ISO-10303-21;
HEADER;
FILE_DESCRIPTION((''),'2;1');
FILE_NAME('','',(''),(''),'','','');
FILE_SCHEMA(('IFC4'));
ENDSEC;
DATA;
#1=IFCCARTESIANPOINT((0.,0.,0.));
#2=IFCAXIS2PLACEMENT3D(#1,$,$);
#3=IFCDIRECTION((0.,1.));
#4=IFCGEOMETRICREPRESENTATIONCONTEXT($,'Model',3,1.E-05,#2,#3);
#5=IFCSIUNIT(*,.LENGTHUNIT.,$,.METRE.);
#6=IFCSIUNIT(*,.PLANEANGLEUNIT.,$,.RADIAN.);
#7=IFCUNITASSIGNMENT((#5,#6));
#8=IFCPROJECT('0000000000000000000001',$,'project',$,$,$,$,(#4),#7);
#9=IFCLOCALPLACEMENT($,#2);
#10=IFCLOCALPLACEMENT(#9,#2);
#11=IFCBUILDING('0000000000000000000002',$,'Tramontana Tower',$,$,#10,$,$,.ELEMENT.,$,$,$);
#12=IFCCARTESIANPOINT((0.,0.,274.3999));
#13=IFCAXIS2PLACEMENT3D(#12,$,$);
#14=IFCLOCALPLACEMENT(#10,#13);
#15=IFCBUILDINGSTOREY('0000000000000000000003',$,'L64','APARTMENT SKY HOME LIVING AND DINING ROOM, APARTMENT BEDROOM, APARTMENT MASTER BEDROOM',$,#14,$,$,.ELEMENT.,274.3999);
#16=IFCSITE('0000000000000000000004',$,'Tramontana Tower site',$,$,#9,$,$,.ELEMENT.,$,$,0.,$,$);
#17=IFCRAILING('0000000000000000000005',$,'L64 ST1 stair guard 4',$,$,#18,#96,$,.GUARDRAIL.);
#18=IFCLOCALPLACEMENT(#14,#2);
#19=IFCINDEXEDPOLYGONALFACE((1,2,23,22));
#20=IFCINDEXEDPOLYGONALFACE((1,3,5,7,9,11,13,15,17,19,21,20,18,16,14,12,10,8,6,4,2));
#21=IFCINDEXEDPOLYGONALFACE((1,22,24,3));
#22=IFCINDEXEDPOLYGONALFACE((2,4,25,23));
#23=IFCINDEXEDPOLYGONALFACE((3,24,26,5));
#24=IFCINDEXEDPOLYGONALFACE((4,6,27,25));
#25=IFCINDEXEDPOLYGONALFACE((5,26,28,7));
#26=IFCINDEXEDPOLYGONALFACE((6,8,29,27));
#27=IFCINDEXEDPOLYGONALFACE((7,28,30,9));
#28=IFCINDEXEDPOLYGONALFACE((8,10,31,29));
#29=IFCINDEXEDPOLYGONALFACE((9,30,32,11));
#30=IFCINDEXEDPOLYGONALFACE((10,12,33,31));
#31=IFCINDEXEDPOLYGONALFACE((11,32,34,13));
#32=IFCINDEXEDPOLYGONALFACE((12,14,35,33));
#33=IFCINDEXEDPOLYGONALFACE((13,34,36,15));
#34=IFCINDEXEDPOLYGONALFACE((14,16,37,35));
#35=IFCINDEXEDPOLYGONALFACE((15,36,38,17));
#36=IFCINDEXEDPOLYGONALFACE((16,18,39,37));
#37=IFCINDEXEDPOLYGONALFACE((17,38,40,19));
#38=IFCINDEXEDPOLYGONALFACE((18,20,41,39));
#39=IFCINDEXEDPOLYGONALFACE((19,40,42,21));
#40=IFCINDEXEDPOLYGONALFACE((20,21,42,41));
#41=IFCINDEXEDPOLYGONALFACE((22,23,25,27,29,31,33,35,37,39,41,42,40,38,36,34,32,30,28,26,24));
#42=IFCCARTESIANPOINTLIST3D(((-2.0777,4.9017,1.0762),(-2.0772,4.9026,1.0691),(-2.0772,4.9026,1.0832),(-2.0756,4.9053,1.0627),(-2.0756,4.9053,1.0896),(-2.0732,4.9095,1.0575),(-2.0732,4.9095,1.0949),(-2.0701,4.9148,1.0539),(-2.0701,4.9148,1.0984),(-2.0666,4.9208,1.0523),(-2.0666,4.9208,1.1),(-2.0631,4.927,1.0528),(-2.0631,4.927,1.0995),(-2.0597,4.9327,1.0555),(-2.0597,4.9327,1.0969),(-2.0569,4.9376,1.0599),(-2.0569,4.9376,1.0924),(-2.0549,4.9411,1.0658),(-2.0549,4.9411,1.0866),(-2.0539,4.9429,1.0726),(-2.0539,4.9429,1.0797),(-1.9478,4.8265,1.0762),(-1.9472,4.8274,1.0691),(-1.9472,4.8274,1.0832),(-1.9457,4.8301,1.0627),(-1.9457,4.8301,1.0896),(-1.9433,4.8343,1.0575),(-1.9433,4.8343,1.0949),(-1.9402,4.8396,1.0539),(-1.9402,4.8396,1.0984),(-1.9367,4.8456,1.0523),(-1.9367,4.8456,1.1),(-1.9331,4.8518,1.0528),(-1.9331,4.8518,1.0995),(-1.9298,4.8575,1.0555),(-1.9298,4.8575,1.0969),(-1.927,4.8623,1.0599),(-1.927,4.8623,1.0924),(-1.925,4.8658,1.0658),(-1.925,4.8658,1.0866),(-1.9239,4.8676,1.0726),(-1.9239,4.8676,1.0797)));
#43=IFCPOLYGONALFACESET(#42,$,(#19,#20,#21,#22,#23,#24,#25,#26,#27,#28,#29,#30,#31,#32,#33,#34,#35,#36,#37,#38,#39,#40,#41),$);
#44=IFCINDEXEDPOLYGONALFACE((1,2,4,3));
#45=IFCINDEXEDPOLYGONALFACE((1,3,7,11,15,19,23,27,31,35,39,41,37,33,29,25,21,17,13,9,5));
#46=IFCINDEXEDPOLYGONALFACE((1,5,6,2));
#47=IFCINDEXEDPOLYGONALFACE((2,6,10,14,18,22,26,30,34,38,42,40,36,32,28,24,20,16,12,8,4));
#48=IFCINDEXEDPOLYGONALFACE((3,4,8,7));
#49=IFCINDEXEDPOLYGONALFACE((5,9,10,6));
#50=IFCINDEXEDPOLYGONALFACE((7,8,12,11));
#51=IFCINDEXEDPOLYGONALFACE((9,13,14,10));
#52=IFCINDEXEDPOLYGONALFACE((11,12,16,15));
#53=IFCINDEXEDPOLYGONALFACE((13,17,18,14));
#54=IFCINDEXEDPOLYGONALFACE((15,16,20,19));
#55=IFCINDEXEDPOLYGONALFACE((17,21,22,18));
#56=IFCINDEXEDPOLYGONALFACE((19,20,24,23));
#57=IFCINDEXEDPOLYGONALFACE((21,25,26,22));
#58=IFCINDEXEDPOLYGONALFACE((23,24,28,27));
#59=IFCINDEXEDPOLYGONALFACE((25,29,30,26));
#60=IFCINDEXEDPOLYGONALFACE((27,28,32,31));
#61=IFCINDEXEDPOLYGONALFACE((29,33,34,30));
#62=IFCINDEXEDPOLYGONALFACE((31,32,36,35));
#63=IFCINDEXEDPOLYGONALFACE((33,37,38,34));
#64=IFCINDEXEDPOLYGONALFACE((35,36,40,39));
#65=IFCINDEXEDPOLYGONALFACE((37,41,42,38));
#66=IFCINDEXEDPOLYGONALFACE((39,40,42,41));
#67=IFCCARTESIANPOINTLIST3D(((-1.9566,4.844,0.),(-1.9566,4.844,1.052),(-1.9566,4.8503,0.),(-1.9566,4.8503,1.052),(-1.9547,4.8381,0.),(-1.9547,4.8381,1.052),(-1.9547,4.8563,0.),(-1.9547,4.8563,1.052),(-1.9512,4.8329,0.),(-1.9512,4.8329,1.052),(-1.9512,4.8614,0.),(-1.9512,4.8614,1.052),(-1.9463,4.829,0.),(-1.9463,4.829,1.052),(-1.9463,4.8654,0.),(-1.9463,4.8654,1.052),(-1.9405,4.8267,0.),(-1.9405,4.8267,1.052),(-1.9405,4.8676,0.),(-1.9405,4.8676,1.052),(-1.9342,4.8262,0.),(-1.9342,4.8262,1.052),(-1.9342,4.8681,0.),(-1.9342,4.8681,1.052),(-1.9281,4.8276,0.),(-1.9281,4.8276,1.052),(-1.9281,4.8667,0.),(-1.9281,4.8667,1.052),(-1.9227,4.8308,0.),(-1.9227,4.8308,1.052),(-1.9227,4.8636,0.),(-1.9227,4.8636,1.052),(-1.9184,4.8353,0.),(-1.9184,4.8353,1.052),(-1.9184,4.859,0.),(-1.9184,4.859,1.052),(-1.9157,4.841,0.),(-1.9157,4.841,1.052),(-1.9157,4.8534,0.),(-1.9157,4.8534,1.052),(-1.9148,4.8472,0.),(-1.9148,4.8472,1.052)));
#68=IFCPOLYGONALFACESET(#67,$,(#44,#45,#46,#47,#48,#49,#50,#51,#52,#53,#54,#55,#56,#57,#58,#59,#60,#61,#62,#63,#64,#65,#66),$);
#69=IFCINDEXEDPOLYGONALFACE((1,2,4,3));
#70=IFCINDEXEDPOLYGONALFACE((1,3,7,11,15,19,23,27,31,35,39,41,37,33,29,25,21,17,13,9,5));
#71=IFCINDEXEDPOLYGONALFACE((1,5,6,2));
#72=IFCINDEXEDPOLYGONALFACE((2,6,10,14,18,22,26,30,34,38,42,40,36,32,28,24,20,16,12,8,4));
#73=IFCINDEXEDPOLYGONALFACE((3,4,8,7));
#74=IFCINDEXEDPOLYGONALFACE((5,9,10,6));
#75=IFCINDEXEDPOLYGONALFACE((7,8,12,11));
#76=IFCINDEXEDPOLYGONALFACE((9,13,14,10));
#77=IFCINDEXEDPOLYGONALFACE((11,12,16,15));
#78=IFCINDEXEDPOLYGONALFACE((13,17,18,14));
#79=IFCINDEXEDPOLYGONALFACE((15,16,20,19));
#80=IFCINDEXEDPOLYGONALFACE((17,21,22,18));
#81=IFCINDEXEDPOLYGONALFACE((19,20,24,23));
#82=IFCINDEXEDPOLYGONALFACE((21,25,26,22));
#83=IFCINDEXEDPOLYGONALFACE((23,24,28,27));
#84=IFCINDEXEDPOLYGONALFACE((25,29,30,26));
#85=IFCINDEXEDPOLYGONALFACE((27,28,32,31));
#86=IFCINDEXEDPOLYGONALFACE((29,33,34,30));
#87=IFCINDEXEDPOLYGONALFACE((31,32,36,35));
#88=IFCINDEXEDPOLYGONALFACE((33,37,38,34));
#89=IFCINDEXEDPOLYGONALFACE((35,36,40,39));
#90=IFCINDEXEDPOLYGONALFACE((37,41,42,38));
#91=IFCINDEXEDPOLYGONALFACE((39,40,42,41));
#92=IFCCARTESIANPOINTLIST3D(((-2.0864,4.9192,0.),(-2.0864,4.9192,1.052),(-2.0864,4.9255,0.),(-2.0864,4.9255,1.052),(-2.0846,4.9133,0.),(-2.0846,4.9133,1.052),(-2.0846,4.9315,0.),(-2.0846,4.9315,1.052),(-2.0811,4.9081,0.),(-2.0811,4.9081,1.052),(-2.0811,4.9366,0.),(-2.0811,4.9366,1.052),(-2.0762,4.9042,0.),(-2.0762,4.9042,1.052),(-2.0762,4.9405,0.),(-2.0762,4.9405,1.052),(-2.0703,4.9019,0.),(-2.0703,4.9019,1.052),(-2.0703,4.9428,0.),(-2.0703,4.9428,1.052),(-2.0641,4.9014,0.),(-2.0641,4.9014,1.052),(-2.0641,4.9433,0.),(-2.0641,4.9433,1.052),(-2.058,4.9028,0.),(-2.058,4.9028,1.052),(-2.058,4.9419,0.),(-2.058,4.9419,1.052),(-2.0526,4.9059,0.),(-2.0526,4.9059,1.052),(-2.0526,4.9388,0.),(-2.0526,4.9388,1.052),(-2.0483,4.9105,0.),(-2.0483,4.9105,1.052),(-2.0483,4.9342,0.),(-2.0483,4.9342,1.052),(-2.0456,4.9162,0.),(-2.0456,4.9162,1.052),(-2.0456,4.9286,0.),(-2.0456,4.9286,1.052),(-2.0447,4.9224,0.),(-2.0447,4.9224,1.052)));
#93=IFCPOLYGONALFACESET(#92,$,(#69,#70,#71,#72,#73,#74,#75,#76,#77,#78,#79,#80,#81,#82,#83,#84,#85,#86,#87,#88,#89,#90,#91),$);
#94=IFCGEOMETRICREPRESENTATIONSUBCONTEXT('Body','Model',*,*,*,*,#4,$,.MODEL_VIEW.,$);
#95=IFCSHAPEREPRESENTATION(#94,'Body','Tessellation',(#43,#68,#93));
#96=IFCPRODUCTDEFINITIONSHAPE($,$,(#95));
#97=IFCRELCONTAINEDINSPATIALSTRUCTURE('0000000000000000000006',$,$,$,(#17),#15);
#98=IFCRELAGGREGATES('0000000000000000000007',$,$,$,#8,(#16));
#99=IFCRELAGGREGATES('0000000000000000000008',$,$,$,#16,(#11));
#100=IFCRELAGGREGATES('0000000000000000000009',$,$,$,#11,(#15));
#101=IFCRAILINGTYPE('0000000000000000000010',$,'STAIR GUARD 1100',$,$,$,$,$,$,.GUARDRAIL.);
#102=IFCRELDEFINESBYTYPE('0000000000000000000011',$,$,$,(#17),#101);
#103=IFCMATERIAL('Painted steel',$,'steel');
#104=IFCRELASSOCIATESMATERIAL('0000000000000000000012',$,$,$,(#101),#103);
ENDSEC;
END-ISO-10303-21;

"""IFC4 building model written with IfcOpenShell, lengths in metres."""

from ifc_helpers import new_model, si_unit, direction, frame, origin, origin_2d, place, context, subcontext, project, spatial, circle, extrude, material, type_object, element, save


model = new_model("IFC4")

# Units and contexts
model_context = context("Model", 3, precision=1e-05, world=origin(), true_north=direction((0.0, 1.0)))
body_context = subcontext(model_context, "Body", "Model", "MODEL_VIEW")
ifc_project = project(units=[si_unit("LENGTHUNIT", "METRE"), si_unit("PLANEANGLEUNIT", "RADIAN")], contexts=[model_context])

# Site, building, storey
site_placement = place(None, origin())
site = spatial("IfcSite", under=ifc_project, at=site_placement, Name="Tramontana Tower site", CompositionType="ELEMENT", RefElevation=0.0)
building_placement = place(site_placement, origin())
building = spatial("IfcBuilding", under=site, at=building_placement, Name="Tramontana Tower", CompositionType="ELEMENT")
storey_placement = place(building_placement, frame((0.0, 0.0, 274.3999)))
storey = spatial("IfcBuildingStorey", under=building, at=storey_placement, Name="L64", Description="APARTMENT SKY HOME LIVING AND DINING ROOM, APARTMENT BEDROOM, APARTMENT MASTER BEDROOM", CompositionType="ELEMENT", Elevation=274.3999)

# Railing
ifc_material_1 = material(Name="Painted steel", Category="steel")
railing_type_1 = type_object("IfcRailingType", Name="STAIR GUARD 1100", PredefinedType="GUARDRAIL", material=ifc_material_1)
railing_1_placement = place(storey_placement, frame((-1.9358, 4.8472, 0.0)))
element("IfcRailing", 1, at=railing_1_placement, inside=storey, type_object=railing_type_1, Name="L64 ST1 stair guard 4", PredefinedType="GUARDRAIL", context=body_context, shape_type="SweptSolid", body=[
    extrude(circle(Radius=0.0239, at=origin_2d()), frame((0.0, 0.0, 1.0762), z_axis=(-0.865426, 0.501036, 0.0), x_axis=(-0.501036, -0.865426, 0.0)), (0.0, 0.0, 1.0), 0.1501),
    extrude(circle(Radius=0.021, at=origin_2d()), origin(), (0.0, 0.0, 1.0), 1.052),
    extrude(circle(Radius=0.021, at=origin_2d()), frame((-0.1299, 0.0752, 0.0)), (0.0, 0.0, 1.0), 1.052),
])

save(model, "model.ifc")
